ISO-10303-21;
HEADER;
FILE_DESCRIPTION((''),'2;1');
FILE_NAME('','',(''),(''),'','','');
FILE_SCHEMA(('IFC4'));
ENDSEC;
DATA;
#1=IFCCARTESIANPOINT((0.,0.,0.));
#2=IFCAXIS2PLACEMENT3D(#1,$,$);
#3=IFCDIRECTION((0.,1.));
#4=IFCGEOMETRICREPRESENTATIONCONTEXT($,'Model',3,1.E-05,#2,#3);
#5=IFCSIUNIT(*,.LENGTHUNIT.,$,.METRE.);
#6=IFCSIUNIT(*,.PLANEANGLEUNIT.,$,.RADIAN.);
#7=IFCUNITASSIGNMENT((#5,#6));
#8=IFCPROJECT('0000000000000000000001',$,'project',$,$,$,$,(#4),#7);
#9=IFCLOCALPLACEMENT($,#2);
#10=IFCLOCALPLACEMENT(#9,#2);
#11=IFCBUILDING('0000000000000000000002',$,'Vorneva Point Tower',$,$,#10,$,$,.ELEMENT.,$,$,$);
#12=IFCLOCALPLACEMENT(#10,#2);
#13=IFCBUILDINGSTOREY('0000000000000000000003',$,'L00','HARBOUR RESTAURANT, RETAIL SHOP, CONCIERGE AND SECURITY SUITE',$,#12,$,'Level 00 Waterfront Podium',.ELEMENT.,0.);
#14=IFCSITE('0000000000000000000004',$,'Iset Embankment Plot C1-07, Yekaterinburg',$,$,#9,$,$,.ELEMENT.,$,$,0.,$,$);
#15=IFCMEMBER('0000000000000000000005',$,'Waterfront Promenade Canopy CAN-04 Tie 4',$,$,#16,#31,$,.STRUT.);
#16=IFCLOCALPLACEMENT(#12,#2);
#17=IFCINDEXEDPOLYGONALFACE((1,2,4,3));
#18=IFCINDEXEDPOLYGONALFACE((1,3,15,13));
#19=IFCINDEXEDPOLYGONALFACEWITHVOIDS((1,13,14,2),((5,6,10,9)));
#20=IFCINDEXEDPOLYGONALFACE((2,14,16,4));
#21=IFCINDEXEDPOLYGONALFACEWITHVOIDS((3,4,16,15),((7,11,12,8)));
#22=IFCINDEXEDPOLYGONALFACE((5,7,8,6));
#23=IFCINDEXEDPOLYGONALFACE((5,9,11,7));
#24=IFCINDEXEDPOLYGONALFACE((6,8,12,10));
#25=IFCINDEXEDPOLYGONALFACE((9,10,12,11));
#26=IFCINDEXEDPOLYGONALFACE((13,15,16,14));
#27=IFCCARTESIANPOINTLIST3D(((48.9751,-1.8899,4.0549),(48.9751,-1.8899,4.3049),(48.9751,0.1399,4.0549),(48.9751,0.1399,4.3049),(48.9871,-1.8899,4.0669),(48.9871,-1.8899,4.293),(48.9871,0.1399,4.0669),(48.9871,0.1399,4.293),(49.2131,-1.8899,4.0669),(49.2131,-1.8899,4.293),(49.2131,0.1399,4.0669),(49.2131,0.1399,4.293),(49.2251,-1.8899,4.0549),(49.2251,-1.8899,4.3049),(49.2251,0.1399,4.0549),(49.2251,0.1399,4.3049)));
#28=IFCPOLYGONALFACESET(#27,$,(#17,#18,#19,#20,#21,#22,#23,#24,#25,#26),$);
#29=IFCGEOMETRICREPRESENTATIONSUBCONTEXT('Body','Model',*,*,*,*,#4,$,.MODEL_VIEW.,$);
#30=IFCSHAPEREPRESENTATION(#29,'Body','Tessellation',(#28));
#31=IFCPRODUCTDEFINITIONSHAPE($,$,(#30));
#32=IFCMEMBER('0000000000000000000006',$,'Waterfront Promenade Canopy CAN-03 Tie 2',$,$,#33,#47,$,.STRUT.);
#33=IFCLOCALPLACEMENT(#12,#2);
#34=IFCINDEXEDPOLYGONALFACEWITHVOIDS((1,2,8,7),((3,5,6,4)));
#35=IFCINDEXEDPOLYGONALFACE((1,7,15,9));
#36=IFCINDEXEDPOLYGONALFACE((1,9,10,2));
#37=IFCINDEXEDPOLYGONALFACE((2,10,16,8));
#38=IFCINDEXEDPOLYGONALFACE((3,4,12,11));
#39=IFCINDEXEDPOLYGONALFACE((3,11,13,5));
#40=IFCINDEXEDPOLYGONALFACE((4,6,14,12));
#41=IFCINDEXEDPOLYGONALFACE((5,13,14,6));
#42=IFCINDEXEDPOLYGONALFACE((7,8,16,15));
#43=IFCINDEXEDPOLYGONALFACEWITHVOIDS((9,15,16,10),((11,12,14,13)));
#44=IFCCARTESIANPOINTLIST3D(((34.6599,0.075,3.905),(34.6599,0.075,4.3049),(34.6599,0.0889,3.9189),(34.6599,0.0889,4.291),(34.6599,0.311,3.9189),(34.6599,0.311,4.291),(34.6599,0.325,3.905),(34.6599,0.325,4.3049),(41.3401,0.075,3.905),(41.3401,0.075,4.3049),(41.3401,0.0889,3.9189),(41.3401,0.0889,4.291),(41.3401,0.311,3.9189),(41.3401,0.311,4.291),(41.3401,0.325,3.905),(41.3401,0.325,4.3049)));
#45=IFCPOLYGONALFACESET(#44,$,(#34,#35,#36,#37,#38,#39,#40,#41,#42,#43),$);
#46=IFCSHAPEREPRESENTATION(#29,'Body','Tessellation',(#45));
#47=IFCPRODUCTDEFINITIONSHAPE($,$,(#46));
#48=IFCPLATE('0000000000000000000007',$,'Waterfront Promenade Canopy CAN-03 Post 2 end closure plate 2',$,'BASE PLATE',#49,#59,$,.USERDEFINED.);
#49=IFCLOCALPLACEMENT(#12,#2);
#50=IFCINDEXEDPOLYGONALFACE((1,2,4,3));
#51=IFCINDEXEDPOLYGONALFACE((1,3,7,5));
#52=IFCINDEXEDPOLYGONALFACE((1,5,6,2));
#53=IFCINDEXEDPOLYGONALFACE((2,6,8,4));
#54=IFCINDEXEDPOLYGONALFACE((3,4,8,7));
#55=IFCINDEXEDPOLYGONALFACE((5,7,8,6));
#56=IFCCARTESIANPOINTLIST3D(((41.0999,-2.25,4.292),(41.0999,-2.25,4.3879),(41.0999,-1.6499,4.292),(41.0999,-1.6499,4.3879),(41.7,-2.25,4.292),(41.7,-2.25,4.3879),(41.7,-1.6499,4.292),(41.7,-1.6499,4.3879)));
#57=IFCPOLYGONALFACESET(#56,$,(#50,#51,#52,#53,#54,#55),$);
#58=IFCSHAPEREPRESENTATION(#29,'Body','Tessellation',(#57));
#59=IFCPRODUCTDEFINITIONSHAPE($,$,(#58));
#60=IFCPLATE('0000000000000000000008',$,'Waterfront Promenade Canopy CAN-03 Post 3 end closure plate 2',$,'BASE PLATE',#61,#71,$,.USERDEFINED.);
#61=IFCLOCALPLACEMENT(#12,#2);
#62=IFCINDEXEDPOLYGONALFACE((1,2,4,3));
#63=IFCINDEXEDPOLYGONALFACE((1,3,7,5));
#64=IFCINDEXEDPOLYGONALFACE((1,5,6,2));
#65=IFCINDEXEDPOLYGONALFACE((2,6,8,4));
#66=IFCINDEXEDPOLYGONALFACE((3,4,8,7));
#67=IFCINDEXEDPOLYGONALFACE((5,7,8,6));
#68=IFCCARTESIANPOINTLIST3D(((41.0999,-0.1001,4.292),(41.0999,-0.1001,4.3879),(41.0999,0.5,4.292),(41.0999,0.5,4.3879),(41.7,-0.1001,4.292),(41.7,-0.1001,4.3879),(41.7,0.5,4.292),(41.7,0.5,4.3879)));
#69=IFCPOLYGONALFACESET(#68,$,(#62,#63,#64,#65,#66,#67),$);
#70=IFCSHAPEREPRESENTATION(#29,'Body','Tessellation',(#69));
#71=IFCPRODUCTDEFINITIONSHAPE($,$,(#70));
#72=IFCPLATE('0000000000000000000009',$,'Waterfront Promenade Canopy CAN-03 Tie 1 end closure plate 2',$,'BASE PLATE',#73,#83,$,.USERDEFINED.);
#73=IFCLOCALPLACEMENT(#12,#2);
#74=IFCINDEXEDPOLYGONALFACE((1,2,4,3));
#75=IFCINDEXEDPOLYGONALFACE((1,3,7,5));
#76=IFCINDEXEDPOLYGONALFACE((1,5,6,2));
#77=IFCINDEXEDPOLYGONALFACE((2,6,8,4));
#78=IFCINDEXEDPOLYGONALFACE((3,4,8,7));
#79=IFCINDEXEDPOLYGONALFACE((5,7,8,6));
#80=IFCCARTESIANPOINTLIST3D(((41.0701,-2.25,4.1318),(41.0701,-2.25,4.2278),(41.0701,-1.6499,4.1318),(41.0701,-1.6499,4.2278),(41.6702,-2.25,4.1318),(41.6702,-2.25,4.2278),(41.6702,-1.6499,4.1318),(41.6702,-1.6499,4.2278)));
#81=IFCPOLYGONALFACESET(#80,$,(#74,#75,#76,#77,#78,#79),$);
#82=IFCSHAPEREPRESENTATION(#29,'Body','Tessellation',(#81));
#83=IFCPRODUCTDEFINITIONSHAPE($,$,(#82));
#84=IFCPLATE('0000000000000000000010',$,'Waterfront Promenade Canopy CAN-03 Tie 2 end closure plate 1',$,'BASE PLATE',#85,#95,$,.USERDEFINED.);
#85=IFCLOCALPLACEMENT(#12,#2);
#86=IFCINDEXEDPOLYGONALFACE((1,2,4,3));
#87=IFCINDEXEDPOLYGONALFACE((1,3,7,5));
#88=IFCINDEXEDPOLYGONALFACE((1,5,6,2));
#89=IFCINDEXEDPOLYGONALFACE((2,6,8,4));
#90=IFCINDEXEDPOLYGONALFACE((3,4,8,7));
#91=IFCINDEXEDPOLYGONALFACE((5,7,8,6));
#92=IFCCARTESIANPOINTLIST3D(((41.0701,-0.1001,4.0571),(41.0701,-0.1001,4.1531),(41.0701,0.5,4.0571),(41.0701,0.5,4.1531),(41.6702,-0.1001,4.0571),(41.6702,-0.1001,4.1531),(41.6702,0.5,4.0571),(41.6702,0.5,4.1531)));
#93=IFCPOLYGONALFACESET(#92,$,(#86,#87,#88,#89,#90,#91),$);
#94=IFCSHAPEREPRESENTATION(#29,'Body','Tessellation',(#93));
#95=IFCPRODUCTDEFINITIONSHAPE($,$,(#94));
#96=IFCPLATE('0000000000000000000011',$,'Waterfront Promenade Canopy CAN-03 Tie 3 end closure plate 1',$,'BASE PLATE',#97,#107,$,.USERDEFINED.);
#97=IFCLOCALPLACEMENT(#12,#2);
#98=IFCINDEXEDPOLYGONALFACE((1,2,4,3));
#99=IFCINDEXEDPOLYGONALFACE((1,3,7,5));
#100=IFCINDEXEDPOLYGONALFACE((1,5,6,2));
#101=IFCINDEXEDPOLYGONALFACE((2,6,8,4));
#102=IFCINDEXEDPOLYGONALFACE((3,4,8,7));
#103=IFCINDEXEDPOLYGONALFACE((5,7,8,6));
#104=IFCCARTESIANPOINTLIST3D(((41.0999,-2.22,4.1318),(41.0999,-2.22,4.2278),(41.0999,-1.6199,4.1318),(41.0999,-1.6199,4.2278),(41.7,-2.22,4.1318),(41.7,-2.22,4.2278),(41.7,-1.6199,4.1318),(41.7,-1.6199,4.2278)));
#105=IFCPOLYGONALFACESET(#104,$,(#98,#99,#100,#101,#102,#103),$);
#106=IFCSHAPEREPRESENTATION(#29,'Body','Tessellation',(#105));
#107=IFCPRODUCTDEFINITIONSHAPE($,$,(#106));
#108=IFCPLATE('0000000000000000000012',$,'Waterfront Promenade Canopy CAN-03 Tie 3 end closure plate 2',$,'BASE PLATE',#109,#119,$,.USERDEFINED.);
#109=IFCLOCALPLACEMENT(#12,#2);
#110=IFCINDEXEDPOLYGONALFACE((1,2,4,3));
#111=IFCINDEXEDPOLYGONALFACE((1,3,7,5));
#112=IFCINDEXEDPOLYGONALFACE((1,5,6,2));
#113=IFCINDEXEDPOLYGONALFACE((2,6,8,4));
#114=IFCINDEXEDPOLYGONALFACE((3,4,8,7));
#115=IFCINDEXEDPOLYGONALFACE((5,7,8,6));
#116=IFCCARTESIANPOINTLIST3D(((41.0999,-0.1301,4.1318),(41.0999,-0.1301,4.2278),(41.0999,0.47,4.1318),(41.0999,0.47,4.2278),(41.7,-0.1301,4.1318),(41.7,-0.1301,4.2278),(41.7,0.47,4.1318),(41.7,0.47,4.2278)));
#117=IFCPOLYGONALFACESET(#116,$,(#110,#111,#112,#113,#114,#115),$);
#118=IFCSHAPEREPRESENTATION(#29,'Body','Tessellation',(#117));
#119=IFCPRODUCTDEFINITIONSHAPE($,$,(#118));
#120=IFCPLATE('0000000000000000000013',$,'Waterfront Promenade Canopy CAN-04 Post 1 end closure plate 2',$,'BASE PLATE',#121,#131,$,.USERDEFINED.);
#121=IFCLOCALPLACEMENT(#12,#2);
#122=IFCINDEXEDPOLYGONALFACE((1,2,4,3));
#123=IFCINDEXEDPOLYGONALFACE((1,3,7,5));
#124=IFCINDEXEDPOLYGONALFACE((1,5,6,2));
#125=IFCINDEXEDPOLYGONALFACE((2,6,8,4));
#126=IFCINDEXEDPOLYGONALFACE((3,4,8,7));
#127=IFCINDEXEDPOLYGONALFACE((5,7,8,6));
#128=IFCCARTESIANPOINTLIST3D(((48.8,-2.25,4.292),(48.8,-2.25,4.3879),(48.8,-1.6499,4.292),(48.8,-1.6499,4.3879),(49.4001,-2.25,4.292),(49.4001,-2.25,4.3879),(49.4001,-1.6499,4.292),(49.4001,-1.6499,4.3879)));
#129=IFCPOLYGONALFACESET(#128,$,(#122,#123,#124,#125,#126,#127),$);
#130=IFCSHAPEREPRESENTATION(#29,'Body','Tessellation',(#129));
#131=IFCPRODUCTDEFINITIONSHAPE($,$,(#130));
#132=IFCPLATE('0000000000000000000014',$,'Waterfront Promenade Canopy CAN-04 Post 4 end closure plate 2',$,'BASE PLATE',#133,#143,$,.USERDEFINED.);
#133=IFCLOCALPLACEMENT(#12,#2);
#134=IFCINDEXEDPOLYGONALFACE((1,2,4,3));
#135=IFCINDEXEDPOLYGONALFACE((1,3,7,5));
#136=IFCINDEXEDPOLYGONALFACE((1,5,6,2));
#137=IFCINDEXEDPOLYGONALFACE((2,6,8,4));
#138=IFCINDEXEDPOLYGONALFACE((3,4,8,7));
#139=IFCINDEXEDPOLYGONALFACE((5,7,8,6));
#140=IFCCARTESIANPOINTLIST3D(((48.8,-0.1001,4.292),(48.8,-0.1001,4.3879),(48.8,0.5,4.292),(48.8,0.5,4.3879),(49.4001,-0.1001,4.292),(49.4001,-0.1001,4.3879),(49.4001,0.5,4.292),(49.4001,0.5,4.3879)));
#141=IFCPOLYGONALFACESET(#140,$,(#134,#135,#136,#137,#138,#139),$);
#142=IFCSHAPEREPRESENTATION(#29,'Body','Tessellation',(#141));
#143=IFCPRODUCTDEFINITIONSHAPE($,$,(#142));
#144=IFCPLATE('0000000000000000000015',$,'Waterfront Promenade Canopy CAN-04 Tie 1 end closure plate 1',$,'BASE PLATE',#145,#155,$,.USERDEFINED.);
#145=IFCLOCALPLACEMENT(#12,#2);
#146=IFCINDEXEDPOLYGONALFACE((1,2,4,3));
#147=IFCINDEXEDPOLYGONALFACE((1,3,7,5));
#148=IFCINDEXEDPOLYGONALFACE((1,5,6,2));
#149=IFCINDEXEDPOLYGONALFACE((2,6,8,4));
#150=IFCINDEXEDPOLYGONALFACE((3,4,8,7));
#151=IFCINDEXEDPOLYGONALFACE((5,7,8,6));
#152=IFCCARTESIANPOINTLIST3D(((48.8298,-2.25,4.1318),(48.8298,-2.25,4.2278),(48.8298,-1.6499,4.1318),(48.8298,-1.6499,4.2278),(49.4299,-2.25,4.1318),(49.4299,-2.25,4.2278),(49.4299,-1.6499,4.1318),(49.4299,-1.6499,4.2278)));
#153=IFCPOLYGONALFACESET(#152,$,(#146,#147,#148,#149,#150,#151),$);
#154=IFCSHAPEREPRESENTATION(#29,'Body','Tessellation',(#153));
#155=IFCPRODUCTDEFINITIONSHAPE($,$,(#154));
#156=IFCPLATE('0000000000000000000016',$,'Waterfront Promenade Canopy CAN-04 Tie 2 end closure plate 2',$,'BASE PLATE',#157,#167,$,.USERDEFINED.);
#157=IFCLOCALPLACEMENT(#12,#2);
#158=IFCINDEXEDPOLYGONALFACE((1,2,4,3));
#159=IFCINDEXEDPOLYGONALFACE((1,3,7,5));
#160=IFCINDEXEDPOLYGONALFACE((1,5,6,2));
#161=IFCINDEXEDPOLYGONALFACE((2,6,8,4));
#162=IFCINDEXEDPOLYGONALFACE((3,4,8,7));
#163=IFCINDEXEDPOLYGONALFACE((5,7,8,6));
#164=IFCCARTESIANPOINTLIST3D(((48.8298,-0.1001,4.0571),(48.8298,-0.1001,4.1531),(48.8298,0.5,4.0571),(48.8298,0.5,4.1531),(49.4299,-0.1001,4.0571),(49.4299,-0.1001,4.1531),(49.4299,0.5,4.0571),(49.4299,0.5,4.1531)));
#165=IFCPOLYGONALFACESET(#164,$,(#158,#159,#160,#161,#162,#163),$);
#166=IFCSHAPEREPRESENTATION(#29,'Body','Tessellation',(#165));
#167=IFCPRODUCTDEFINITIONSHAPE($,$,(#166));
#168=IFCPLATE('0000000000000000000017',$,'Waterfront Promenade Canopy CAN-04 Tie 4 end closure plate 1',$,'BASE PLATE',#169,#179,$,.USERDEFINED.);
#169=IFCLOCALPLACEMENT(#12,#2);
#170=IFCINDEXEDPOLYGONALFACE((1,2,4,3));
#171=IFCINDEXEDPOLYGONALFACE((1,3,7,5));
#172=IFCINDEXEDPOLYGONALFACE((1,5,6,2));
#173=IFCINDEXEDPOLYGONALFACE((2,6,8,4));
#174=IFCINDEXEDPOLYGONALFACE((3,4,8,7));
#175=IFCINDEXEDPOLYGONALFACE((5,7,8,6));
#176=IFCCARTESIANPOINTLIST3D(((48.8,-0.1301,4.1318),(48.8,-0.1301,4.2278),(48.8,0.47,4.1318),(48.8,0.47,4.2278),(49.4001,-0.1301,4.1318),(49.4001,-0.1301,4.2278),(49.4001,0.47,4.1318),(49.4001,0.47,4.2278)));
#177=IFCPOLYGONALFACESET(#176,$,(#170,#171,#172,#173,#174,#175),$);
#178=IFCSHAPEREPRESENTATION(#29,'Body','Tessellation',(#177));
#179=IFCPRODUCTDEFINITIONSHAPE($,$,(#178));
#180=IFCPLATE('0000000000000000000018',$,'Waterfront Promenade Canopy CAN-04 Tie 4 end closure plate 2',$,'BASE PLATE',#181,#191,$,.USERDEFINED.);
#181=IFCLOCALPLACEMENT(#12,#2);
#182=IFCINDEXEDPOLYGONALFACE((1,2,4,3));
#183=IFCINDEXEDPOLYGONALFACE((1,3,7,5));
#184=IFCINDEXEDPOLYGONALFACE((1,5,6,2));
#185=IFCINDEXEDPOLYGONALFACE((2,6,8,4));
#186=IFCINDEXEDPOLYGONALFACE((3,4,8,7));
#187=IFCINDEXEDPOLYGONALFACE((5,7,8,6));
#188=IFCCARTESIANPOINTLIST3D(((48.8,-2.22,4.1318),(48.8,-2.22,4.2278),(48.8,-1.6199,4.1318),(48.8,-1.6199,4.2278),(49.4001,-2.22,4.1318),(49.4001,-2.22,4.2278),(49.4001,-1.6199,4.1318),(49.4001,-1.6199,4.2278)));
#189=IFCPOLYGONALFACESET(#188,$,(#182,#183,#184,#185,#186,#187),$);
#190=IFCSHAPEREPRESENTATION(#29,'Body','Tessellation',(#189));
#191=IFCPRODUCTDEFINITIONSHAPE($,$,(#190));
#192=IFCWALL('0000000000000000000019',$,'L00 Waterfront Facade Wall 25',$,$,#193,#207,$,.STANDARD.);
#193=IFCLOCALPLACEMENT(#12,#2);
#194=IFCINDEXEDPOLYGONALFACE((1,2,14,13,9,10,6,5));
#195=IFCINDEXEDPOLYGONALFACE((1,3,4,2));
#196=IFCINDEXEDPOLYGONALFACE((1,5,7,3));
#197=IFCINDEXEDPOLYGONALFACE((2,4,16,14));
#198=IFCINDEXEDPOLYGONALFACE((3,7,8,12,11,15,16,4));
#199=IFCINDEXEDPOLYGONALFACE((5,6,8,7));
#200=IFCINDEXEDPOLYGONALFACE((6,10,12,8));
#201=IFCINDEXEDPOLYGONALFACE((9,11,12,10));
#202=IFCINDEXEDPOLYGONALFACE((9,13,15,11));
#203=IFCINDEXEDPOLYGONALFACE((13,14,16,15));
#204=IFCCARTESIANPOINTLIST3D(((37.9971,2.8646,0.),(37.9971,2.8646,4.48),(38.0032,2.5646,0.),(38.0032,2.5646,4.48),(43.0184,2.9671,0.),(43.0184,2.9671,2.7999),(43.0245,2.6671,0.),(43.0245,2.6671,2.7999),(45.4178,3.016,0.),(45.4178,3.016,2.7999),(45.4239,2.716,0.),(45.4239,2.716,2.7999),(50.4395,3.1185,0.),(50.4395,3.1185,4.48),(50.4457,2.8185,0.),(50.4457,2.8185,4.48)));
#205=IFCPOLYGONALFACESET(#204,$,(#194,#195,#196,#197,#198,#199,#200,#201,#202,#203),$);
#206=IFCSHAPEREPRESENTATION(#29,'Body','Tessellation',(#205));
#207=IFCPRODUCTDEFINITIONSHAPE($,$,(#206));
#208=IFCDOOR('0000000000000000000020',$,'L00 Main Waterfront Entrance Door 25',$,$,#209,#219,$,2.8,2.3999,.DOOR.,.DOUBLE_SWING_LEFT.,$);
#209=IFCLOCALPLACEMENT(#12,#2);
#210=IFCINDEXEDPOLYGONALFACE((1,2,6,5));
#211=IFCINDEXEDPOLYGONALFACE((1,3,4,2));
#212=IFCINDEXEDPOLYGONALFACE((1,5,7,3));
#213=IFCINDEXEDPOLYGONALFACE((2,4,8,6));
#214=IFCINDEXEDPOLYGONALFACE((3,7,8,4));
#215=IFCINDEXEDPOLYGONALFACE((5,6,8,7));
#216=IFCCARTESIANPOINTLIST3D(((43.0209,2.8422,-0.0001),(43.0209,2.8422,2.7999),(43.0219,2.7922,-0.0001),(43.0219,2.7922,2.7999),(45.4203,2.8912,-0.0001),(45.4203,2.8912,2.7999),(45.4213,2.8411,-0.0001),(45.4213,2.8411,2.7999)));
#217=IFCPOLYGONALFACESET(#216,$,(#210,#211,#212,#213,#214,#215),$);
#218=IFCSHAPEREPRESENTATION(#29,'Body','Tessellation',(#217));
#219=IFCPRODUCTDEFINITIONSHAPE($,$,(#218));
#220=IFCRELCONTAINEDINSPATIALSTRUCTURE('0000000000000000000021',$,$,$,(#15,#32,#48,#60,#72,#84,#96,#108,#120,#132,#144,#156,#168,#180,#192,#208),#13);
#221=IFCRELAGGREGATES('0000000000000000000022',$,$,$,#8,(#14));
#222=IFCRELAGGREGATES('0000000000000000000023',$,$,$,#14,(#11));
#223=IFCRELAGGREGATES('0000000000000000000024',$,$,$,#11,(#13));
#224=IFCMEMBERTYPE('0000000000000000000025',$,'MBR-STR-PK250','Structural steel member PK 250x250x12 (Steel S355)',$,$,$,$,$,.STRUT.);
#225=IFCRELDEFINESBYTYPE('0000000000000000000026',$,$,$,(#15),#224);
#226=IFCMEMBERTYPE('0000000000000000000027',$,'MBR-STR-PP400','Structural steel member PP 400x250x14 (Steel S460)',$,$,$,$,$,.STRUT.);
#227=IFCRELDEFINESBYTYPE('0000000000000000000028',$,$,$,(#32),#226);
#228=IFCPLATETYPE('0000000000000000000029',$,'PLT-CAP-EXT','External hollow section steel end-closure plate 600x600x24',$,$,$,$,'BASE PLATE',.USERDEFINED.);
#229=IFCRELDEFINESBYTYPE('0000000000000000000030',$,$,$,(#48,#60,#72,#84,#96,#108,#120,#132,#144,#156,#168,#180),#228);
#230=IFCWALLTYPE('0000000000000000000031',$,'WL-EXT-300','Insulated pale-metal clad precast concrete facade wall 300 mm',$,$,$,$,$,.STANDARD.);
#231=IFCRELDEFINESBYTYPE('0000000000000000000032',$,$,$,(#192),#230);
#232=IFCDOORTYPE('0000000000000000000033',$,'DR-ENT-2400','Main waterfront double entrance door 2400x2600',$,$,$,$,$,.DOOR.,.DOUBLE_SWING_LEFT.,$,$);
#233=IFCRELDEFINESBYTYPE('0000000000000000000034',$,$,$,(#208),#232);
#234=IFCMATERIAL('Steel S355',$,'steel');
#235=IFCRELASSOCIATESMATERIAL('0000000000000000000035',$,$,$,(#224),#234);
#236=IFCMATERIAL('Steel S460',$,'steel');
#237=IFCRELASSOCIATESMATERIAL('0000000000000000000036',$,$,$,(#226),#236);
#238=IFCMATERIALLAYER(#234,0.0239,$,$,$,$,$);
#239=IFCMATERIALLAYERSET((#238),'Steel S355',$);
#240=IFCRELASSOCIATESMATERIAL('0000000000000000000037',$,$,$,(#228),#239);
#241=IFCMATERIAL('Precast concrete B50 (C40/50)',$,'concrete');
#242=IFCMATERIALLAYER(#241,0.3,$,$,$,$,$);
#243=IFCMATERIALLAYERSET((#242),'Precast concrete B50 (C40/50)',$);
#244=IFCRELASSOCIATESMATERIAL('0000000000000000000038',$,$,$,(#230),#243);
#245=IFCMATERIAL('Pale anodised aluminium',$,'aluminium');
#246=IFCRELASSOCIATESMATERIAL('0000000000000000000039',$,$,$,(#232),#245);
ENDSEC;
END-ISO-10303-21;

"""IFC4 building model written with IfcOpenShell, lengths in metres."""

from ifc_helpers import new_model, si_unit, direction, frame, frame_2d, origin, origin_2d, place, context, subcontext, project, spatial, rectangle, hollow_rectangle, extrude, material, layer, layer_set, material_profile, profile_set, type_object, element, fill, save


model = new_model("IFC4")

# Units and contexts
model_context = context("Model", 3, precision=1e-05, world=origin(), true_north=direction((0.0, 1.0)))
body_context = subcontext(model_context, "Body", "Model", "MODEL_VIEW")
ifc_project = project(units=[si_unit("LENGTHUNIT", "METRE"), si_unit("PLANEANGLEUNIT", "RADIAN")], contexts=[model_context])

# Site, building, storey
site_placement = place(None, origin())
site = spatial("IfcSite", under=ifc_project, at=site_placement, Name="Iset Embankment Plot C1-07, Yekaterinburg", CompositionType="ELEMENT", RefElevation=0.0)
building_placement = place(site_placement, origin())
building = spatial("IfcBuilding", under=site, at=building_placement, Name="Vorneva Point Tower", CompositionType="ELEMENT")
storey_placement = place(building_placement, origin())
storey = spatial("IfcBuildingStorey", under=building, at=storey_placement, Name="L00", Description="HARBOUR RESTAURANT, RETAIL SHOP, CONCIERGE AND SECURITY SUITE", LongName="Level 00 Waterfront Podium", CompositionType="ELEMENT", Elevation=0.0)

# Shared definitions
ifc_material_1 = material(Name="Steel S355", Category="steel")

# Shared definitions
ifc_material_2 = material(Name="Pale anodised aluminium", Category="aluminium")

# Members
ifc_material_profile_1 = material_profile(ifc_material_1, hollow_rectangle(XDim=0.25, YDim=0.25, WallThickness=0.012, at=origin_2d()), Name="PK 250x250x12")
ifc_profile_set_1 = profile_set([ifc_material_profile_1], Name="Steel S355")
member_type_1 = type_object("IfcMemberType", Name="MBR-STR-PK250", Description="Structural steel member PK 250x250x12 (Steel S355)", PredefinedType="STRUT", material=ifc_profile_set_1)
member_1_placement = place(storey_placement, frame((49.1001, 0.1399, 4.1799), z_axis=(0.0, -1.0, 0.0), x_axis=(1.0, 0.0, 0.0)))
element("IfcMember", 1, at=member_1_placement, inside=storey, type_object=member_type_1, Name="Waterfront Promenade Canopy CAN-04 Tie 4", PredefinedType="STRUT", context=body_context, shape_type="SweptSolid", body=[
    extrude(hollow_rectangle(XDim=0.25, YDim=0.25, WallThickness=0.012, at=origin_2d()), origin(), (0.0, 0.0, 1.0), 2.0298),
])
ifc_material_3 = material(Name="Steel S460", Category="steel")
ifc_material_profile_2 = material_profile(ifc_material_3, hollow_rectangle(XDim=0.25, YDim=0.3999, WallThickness=0.0139, at=origin_2d()), Name="PP 400x250x14")
ifc_profile_set_2 = profile_set([ifc_material_profile_2], Name="Steel S460")
member_type_2 = type_object("IfcMemberType", Name="MBR-STR-PP400", Description="Structural steel member PP 400x250x14 (Steel S460)", PredefinedType="STRUT", material=ifc_profile_set_2)
member_2_placement = place(storey_placement, frame((41.3401, 0.2, 4.105), z_axis=(-1.0, 0.0, 0.0), x_axis=(0.0, -1.0, 0.0)))
element("IfcMember", 2, at=member_2_placement, inside=storey, type_object=member_type_2, Name="Waterfront Promenade Canopy CAN-03 Tie 2", PredefinedType="STRUT", context=body_context, shape_type="SweptSolid", body=[
    extrude(hollow_rectangle(XDim=0.25, YDim=0.3999, WallThickness=0.0139, at=origin_2d()), origin(), (0.0, 0.0, 1.0), 6.6802),
])

# Plates
ifc_layer_1 = layer(ifc_material_1, 0.0239)
ifc_layer_set_1 = layer_set([ifc_layer_1], Name="Steel S355")
plate_type = type_object("IfcPlateType", Name="PLT-CAP-EXT", Description="External hollow section steel end-closure plate 600x600x24", ElementType="BASE PLATE", PredefinedType="USERDEFINED", material=ifc_layer_set_1)
for number, where, z_axis, x_axis, name in (
    (3, (41.3999, -1.95, 4.292), (0.0, 0.0, 1.0), (1.0, 0.0, 0.0), "Waterfront Promenade Canopy CAN-03 Post 2 end closure plate 2"),
    (4, (41.3999, 0.2, 4.292), (0.0, 0.0, 1.0), (1.0, 0.0, 0.0), "Waterfront Promenade Canopy CAN-03 Post 3 end closure plate 2"),
    (5, (41.3701, -1.95, 4.1318), (0.0, 0.0, 1.0), (1.0, 0.0, 0.0), "Waterfront Promenade Canopy CAN-03 Tie 1 end closure plate 2"),
    (6, (41.3701, 0.2, 4.0571), (0.0, 0.0, 1.0), (-1.0, 0.0, 0.0), "Waterfront Promenade Canopy CAN-03 Tie 2 end closure plate 1"),
    (7, (41.3999, -1.9199, 4.1318), (0.0, 0.0, 1.0), (0.0, 1.0, 0.0), "Waterfront Promenade Canopy CAN-03 Tie 3 end closure plate 1"),
    (8, (41.3999, 0.1699, 4.1318), (0.0, 0.0, 1.0), (0.0, 1.0, 0.0), "Waterfront Promenade Canopy CAN-03 Tie 3 end closure plate 2"),
    (9, (49.1001, -1.95, 4.292), (0.0, 0.0, 1.0), (1.0, 0.0, 0.0), "Waterfront Promenade Canopy CAN-04 Post 1 end closure plate 2"),
    (10, (49.1001, 0.2, 4.292), (0.0, 0.0, 1.0), (1.0, 0.0, 0.0), "Waterfront Promenade Canopy CAN-04 Post 4 end closure plate 2"),
    (11, (49.1299, -1.95, 4.1318), (0.0, 0.0, 1.0), (1.0, 0.0, 0.0), "Waterfront Promenade Canopy CAN-04 Tie 1 end closure plate 1"),
    (12, (49.1299, 0.2, 4.0571), (0.0, 0.0, 1.0), (-1.0, 0.0, 0.0), "Waterfront Promenade Canopy CAN-04 Tie 2 end closure plate 2"),
    (13, (49.1001, 0.1699, 4.1318), (0.0, 0.0, 1.0), (0.0, -1.0, 0.0), "Waterfront Promenade Canopy CAN-04 Tie 4 end closure plate 1"),
    (14, (49.1001, -1.9199, 4.1318), (0.0, 0.0, 1.0), (0.0, -1.0, 0.0), "Waterfront Promenade Canopy CAN-04 Tie 4 end closure plate 2"),
):
    element("IfcPlate", number, at=place(storey_placement, frame(where, z_axis=z_axis, x_axis=x_axis)), inside=storey, type_object=plate_type, Name=name, ObjectType="BASE PLATE", PredefinedType="USERDEFINED", context=body_context, shape_type="SweptSolid", body=[
        extrude(rectangle(XDim=0.6001, YDim=0.6001, at=origin_2d()), origin(), (0.0, 0.0, 1.0), 0.0959),
    ])

# Wall, opening, door
ifc_material_4 = material(Name="Precast concrete B50 (C40/50)", Category="concrete")
ifc_layer_2 = layer(ifc_material_4, 0.3)
ifc_layer_set_2 = layer_set([ifc_layer_2], Name="Precast concrete B50 (C40/50)")
wall_type_1 = type_object("IfcWallType", Name="WL-EXT-300", Description="Insulated pale-metal clad precast concrete facade wall 300 mm", PredefinedType="STANDARD", material=ifc_layer_set_2)
wall_1_placement = place(storey_placement, frame((38.0, 2.7146, 0.0), z_axis=(0.0, 0.0, 1.0), x_axis=(0.999792, 0.020402, 0.0)))
wall_1 = element("IfcWall", 15, at=wall_1_placement, inside=storey, type_object=wall_type_1, Name="L00 Waterfront Facade Wall 25", PredefinedType="STANDARD", context=body_context, shape_type="SweptSolid", body=[
    extrude(rectangle(XDim=12.4451, YDim=0.3, at=frame_2d((6.2227, 0.0))), origin(), (0.0, 0.0, 1.0), 4.48),
])
opening_1_placement = place(wall_1_placement, frame((5.0225, 0.0, 0.0)))
opening_1 = element("IfcOpeningElement", 16, at=opening_1_placement, cuts=wall_1, PredefinedType="OPENING", context=body_context, shape_type="SweptSolid", body=[
    extrude(rectangle(XDim=2.3999, YDim=2.8, at=frame_2d((1.2, 1.3999))), frame((0.0, 0.165, 0.0), z_axis=(0.0, -1.0, 0.0), x_axis=(1.0, 0.0, 0.0)), (0.0, 0.0, 1.0), 0.3298),
])
door_type_1 = type_object("IfcDoorType", Name="DR-ENT-2400", Description="Main waterfront double entrance door 2400x2600", OperationType="DOUBLE_SWING_LEFT", PredefinedType="DOOR", material=ifc_material_2)
door_1_placement = place(opening_1_placement, frame((2.3999, 0.0, 0.0), z_axis=(0.0, 0.0, 1.0), x_axis=(-1.0, 0.0, 0.0)))
door_1 = element("IfcDoor", 17, at=door_1_placement, inside=storey, type_object=door_type_1, Name="L00 Main Waterfront Entrance Door 25", OperationType="DOUBLE_SWING_LEFT", OverallHeight=2.8, OverallWidth=2.3999, PredefinedType="DOOR", context=body_context, shape_type="SweptSolid", body=[
    extrude(rectangle(XDim=2.3999, YDim=2.8, at=frame_2d((1.2, 1.3999))), frame((0.0, 0.0249, 0.0), z_axis=(0.0, -1.0, 0.0), x_axis=(1.0, 0.0, 0.0)), (0.0, 0.0, 1.0), 0.05),
])
fill(opening_1, door_1)

save(model, "model.ifc")
